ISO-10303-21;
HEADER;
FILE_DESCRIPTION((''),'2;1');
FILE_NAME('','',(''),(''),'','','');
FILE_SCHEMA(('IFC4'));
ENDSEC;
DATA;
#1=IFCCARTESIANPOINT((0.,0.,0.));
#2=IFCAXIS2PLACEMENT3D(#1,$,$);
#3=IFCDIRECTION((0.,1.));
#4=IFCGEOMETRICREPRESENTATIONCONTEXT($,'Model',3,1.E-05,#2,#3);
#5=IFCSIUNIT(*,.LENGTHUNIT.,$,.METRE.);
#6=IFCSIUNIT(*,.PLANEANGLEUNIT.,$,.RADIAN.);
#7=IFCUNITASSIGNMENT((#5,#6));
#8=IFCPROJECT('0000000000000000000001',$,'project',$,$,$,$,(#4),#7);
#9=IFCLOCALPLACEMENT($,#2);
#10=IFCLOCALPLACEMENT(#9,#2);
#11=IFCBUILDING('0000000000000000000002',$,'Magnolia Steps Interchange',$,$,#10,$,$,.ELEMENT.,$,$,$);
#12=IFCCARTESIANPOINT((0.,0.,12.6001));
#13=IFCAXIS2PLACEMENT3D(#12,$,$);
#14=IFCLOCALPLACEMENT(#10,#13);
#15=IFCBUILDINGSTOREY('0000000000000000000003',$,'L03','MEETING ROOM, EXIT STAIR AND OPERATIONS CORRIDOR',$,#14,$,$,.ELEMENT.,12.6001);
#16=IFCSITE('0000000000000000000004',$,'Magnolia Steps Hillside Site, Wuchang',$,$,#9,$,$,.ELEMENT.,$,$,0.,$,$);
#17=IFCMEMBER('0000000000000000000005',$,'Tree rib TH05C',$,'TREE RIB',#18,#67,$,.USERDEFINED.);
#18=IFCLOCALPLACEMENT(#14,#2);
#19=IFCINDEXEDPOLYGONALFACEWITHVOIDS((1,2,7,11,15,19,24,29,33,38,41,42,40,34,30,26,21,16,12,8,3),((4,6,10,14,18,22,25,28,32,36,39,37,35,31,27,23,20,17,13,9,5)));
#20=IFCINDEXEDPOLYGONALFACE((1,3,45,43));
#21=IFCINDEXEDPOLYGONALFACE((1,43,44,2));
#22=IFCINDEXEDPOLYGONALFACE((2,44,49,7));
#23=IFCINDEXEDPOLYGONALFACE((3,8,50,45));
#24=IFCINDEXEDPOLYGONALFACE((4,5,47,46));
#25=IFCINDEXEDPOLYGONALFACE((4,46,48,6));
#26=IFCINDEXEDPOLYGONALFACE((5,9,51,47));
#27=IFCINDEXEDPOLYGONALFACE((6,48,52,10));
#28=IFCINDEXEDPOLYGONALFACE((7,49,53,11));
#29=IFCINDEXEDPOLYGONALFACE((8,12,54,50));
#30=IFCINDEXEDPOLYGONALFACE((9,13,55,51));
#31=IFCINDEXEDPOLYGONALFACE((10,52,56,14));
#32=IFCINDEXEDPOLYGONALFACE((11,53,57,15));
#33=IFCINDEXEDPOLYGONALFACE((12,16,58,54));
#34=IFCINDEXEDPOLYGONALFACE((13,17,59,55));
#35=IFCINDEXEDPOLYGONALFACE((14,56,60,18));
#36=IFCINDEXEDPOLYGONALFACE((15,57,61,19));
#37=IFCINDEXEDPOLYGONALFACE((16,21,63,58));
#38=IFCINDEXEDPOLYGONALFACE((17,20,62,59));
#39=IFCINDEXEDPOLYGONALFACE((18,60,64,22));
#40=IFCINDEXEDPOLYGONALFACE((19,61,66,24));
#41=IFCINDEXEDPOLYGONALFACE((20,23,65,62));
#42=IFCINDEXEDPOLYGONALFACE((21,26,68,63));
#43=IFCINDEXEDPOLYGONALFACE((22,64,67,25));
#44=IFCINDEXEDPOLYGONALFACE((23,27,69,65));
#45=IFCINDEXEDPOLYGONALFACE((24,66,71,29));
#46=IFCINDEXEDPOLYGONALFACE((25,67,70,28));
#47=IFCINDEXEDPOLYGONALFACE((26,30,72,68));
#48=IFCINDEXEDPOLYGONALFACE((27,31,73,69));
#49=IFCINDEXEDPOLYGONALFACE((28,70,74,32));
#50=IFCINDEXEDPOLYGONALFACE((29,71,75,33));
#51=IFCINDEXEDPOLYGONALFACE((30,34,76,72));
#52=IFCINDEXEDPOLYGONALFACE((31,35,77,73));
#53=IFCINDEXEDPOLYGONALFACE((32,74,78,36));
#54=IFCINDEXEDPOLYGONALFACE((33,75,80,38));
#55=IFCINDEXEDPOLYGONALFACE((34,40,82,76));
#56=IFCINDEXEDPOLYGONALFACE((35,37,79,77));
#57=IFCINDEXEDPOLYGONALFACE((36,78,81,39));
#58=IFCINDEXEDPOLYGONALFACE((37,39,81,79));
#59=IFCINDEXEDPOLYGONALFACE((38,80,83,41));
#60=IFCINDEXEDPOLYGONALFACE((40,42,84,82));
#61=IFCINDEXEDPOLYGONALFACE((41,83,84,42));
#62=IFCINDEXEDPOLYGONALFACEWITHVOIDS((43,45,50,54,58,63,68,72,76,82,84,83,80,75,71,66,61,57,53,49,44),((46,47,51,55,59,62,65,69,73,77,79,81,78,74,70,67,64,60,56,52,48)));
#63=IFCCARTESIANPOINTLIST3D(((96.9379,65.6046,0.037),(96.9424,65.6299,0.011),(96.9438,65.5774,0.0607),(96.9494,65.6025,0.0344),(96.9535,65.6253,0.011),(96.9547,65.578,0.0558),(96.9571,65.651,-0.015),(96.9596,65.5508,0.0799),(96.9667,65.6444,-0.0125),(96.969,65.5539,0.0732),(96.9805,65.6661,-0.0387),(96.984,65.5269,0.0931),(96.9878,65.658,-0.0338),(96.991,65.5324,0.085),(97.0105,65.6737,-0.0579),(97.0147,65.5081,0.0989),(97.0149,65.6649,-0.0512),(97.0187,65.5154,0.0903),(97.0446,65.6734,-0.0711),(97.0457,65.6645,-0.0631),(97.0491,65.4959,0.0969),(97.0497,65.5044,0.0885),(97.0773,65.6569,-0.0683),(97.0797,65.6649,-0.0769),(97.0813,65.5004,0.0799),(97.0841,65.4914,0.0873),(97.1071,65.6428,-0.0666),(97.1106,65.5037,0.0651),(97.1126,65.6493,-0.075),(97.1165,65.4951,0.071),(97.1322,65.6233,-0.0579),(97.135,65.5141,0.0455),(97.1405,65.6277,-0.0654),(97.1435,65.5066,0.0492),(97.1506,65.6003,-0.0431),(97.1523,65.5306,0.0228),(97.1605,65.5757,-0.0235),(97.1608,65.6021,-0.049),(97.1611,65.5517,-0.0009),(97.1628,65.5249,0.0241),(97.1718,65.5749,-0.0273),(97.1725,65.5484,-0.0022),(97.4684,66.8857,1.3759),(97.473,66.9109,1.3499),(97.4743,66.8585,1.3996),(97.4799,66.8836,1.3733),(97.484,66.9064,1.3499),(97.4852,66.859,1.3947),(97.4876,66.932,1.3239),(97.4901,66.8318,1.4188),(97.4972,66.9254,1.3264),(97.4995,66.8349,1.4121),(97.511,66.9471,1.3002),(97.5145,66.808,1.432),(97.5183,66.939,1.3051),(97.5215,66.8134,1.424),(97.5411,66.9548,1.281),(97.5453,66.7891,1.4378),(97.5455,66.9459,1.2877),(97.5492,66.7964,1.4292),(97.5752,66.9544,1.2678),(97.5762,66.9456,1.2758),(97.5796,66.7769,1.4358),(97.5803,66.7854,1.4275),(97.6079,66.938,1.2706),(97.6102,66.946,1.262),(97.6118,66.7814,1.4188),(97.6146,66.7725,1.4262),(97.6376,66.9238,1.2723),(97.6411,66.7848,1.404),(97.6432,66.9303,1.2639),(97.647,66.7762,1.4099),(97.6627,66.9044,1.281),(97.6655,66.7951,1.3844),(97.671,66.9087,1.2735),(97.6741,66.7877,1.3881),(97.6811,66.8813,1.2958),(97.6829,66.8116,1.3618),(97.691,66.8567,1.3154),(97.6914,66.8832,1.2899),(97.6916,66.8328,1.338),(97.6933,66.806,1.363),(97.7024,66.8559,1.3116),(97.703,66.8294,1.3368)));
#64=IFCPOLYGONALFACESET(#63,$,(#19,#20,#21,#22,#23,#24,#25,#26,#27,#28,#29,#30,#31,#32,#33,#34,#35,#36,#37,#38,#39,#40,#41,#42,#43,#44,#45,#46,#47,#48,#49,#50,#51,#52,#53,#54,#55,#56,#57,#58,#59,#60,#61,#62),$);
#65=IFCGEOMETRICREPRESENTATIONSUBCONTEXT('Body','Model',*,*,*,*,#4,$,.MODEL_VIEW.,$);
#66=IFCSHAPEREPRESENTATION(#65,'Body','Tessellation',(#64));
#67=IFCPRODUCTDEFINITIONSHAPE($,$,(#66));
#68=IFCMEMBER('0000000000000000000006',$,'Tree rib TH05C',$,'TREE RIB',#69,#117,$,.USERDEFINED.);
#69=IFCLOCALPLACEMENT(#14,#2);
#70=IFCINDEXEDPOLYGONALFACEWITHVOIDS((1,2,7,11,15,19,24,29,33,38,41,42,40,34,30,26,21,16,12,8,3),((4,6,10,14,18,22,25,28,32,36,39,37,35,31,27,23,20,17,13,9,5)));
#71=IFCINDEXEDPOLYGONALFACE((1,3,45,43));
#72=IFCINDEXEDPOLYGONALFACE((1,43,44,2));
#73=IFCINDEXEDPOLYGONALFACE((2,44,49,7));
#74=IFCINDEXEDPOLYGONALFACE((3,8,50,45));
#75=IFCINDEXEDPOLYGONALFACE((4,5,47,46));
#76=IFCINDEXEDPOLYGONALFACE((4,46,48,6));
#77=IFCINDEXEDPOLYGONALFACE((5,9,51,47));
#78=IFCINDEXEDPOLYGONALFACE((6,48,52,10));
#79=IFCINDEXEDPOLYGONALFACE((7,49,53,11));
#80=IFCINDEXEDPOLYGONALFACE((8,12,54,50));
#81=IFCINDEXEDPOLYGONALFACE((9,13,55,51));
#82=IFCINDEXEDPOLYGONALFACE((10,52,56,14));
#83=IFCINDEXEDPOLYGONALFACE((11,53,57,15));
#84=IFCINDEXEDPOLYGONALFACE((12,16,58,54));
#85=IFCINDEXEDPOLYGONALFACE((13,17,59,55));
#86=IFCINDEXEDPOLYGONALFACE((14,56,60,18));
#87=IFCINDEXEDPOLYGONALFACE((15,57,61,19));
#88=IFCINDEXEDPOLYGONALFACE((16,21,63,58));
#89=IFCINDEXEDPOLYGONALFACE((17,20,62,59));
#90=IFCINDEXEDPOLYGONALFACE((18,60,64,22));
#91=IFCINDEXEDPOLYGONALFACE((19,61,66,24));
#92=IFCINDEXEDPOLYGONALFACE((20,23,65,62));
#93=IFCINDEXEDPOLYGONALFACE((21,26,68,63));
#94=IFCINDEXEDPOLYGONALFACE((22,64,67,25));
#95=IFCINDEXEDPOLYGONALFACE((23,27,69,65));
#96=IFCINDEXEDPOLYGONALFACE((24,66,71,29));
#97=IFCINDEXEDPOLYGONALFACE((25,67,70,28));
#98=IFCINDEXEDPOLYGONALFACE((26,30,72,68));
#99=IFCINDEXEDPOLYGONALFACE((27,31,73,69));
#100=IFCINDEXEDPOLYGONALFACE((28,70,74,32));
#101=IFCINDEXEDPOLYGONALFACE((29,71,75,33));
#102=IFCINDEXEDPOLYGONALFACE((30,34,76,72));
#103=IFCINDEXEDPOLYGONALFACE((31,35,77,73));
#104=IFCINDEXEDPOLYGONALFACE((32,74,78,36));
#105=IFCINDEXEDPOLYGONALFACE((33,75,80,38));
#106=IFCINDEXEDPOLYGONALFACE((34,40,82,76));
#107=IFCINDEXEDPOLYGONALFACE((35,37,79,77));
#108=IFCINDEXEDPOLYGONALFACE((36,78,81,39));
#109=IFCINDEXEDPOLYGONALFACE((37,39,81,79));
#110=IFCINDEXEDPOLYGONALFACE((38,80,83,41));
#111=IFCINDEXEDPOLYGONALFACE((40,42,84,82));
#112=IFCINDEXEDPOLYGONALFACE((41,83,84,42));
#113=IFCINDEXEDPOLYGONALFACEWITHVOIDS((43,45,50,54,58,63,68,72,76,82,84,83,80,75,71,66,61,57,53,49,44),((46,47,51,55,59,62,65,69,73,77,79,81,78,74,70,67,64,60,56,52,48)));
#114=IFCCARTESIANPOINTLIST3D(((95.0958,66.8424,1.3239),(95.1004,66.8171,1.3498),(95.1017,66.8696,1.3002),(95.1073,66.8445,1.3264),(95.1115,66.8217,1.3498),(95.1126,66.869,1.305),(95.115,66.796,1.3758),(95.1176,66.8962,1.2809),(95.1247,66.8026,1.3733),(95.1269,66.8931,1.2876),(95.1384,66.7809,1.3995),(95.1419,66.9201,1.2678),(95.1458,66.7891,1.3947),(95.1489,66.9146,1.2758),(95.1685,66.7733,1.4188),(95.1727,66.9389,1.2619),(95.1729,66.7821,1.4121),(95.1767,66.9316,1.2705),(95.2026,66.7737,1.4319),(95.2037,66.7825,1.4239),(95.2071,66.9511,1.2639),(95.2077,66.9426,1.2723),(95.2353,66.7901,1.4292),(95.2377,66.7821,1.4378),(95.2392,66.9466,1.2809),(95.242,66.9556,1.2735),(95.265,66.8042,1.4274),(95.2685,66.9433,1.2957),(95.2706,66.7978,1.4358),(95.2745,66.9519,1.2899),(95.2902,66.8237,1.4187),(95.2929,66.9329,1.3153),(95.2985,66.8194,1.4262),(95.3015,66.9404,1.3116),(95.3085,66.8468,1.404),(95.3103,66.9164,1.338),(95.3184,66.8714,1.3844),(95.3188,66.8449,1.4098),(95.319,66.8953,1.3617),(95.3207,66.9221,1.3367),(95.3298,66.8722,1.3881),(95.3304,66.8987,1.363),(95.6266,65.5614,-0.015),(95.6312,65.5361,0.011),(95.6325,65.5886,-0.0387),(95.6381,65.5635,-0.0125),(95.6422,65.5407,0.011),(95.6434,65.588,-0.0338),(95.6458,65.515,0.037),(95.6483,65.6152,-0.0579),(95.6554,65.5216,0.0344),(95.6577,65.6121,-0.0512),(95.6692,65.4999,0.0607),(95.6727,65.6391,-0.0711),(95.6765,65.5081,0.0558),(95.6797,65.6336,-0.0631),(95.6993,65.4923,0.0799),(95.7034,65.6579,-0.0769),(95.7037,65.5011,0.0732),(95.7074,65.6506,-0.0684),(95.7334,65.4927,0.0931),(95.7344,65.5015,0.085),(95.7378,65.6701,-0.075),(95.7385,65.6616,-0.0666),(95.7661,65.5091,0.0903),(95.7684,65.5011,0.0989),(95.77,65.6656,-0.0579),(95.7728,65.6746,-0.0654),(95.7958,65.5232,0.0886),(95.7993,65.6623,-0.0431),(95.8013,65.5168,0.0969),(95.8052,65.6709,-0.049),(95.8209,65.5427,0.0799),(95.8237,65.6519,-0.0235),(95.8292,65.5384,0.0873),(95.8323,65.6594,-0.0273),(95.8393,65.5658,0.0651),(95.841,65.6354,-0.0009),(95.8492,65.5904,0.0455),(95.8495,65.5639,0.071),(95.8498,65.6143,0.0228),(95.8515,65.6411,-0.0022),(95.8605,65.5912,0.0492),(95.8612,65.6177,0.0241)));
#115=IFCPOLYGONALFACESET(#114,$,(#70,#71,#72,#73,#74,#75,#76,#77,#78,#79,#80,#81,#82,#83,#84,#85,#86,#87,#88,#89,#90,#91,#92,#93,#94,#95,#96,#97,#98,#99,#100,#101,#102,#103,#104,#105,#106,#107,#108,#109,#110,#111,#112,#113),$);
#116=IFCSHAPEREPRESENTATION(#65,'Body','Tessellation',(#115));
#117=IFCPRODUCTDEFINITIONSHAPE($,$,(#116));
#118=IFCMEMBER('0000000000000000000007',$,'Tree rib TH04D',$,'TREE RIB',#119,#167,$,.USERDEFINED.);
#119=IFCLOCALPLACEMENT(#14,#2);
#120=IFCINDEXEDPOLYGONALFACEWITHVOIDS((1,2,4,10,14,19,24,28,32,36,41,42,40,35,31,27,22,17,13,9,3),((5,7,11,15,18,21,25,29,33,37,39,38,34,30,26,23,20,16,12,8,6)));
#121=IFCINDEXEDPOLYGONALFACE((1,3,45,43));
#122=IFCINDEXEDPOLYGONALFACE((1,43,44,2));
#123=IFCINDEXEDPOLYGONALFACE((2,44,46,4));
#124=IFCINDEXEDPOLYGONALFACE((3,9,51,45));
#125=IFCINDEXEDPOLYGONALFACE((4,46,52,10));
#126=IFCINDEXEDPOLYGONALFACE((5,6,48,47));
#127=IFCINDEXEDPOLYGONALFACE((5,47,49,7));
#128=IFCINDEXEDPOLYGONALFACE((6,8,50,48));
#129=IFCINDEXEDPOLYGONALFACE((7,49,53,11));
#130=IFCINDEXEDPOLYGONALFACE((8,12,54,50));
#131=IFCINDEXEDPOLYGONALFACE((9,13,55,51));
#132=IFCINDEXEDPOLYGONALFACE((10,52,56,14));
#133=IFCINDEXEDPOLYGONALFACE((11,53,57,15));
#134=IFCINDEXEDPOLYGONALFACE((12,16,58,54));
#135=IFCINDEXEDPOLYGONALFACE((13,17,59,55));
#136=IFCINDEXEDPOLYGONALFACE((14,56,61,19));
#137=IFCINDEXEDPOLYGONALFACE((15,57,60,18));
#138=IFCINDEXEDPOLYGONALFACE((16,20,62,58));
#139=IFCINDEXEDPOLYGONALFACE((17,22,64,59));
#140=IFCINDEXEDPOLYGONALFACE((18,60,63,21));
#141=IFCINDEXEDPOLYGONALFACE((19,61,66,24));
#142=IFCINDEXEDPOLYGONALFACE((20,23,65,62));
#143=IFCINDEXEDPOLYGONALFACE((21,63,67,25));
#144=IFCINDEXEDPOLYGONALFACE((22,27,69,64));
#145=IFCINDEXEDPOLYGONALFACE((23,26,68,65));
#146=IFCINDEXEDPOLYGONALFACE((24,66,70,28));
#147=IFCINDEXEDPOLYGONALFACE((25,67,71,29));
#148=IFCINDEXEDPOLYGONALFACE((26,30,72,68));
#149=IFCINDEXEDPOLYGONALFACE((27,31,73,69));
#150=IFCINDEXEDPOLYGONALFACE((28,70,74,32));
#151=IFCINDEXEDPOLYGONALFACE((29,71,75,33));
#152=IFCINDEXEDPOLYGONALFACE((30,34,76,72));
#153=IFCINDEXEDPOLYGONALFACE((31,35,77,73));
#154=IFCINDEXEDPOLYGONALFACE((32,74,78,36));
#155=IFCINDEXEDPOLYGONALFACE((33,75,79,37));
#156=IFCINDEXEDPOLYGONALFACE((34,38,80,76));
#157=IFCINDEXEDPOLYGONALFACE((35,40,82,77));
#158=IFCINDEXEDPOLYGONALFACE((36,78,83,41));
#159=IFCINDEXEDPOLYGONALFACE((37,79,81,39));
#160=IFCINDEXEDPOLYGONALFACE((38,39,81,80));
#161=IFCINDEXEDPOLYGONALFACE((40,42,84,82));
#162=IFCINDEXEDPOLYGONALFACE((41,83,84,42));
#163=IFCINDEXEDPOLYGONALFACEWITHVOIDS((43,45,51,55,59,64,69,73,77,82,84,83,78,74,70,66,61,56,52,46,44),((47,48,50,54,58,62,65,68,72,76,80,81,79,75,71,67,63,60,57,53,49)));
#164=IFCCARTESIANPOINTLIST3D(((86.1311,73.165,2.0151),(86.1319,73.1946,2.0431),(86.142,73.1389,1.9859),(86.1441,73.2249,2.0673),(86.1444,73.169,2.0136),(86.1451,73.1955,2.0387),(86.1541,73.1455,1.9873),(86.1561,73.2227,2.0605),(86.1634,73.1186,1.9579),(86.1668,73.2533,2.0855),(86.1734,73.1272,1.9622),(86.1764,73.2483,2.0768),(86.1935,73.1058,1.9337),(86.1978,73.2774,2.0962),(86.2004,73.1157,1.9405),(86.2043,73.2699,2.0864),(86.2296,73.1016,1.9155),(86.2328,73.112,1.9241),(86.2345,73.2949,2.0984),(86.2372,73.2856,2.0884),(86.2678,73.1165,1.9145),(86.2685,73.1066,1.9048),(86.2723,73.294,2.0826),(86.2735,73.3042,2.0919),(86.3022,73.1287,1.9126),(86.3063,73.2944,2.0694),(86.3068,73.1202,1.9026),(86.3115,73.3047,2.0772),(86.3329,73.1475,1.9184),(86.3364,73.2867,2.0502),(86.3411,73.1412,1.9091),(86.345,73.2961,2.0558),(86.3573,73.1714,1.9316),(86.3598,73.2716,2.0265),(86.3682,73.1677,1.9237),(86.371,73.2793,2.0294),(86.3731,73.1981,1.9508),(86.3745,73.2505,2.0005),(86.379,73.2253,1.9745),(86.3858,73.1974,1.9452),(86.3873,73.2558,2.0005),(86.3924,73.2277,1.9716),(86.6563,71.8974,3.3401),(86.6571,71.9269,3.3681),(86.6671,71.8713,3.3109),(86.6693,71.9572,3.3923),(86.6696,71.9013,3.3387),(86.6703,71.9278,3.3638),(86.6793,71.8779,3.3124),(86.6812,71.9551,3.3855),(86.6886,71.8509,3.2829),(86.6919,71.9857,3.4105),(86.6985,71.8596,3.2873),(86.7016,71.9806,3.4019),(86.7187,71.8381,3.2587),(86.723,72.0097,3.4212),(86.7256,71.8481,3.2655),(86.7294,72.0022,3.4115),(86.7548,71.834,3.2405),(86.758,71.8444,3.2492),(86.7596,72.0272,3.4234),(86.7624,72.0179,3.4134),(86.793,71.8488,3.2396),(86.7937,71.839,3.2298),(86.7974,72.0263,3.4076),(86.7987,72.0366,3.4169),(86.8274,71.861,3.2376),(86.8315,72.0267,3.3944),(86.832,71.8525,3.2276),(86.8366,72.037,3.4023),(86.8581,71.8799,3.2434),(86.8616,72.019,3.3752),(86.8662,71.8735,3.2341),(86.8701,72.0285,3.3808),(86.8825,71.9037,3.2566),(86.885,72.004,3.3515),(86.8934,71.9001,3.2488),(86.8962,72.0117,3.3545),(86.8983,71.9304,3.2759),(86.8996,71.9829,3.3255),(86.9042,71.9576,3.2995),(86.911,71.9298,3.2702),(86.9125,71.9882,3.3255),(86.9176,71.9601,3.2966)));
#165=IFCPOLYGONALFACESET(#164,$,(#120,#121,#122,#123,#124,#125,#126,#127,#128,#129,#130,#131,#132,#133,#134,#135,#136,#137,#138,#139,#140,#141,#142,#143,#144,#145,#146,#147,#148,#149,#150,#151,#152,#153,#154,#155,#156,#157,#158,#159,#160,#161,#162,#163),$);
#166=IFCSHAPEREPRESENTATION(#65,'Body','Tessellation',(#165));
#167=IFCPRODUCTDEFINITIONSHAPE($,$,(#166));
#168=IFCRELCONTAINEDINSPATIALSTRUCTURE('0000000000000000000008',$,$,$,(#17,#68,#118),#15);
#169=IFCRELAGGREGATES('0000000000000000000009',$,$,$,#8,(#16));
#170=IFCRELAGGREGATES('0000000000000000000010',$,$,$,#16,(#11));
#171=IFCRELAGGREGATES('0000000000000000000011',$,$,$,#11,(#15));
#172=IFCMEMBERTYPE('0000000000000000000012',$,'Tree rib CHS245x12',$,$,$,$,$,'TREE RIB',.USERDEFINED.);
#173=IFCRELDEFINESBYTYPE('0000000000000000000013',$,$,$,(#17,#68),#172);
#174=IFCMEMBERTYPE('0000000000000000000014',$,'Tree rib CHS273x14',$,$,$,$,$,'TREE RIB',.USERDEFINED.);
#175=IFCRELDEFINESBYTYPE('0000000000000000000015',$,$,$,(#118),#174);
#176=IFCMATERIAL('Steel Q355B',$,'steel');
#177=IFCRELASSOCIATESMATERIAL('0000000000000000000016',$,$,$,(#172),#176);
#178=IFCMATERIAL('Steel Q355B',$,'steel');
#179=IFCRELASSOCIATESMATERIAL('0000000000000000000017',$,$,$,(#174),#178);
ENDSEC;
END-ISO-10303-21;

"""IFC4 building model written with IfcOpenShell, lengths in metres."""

from ifc_helpers import new_model, si_unit, direction, frame, origin, origin_2d, place, context, subcontext, project, spatial, hollow_circle, extrude, material, material_profile, profile_set, type_object, element, save


model = new_model("IFC4")

# Units and contexts
model_context = context("Model", 3, precision=1e-05, world=origin(), true_north=direction((0.0, 1.0)))
body_context = subcontext(model_context, "Body", "Model", "MODEL_VIEW")
ifc_project = project(units=[si_unit("LENGTHUNIT", "METRE"), si_unit("PLANEANGLEUNIT", "RADIAN")], contexts=[model_context])

# Site, building, storey
site_placement = place(None, origin())
site = spatial("IfcSite", under=ifc_project, at=site_placement, Name="Magnolia Steps Hillside Site, Wuchang", CompositionType="ELEMENT", RefElevation=0.0)
building_placement = place(site_placement, origin())
building = spatial("IfcBuilding", under=site, at=building_placement, Name="Magnolia Steps Interchange", CompositionType="ELEMENT")
storey_placement = place(building_placement, frame((0.0, 0.0, 12.6001)))
storey = spatial("IfcBuildingStorey", under=building, at=storey_placement, Name="L03", Description="MEETING ROOM, EXIT STAIR AND OPERATIONS CORRIDOR", CompositionType="ELEMENT", Elevation=12.6001)

# Members
ifc_material_1 = material(Name="Steel Q355B", Category="steel")
ifc_material_profile_1 = material_profile(ifc_material_1, hollow_circle(Radius=0.1226, WallThickness=0.012, at=origin_2d()), Name="CHS245x12")
ifc_profile_set_1 = profile_set([ifc_material_profile_1], Name="Steel Q355B")
member_type_1 = type_object("IfcMemberType", Name="Tree rib CHS245x12", ElementType="TREE RIB", PredefinedType="USERDEFINED", material=ifc_profile_set_1)
for number, where, z_axis, x_axis, name in (
    (1, (97.0557, 65.583, 0.011), (0.275246, 0.664618, 0.694638), (-0.923903, 0.382627, 0.0), "Tree rib TH05C"),
    (2, (95.7444, 65.583, 0.011), (-0.275363, 0.664595, 0.694614), (-0.923841, -0.382777, 0.0), "Tree rib TH05C"),
):
    element("IfcMember", number, at=place(storey_placement, frame(where, z_axis=z_axis, x_axis=x_axis)), inside=storey, type_object=member_type_1, Name=name, ObjectType="TREE RIB", PredefinedType="USERDEFINED", context=body_context, shape_type="SweptSolid", body=[
        extrude(hollow_circle(Radius=0.1226, WallThickness=0.012, at=origin_2d()), origin(), (0.0, 0.0, 1.0), 1.9275),
    ])
ifc_material_2 = material(Name="Steel Q355B", Category="steel")
ifc_material_profile_2 = material_profile(ifc_material_2, hollow_circle(Radius=0.1365, WallThickness=0.0139, at=origin_2d()), Name="CHS273x14")
ifc_profile_set_2 = profile_set([ifc_material_profile_2], Name="Steel Q355B")
member_type_2 = type_object("IfcMemberType", Name="Tree rib CHS273x14", ElementType="TREE RIB", PredefinedType="USERDEFINED", material=ifc_profile_set_2)
for number, where, z_axis, x_axis, name in (
    (3, (86.2612, 73.2036, 2.0005), (0.275326, -0.664571, 0.694651), (0.923854, 0.382745, 0.0), "Tree rib TH04D"),
):
    element("IfcMember", number, at=place(storey_placement, frame(where, z_axis=z_axis, x_axis=x_axis)), inside=storey, type_object=member_type_2, Name=name, ObjectType="TREE RIB", PredefinedType="USERDEFINED", context=body_context, shape_type="SweptSolid", body=[
        extrude(hollow_circle(Radius=0.1365, WallThickness=0.0139, at=origin_2d()), origin(), (0.0, 0.0, 1.0), 1.9075),
    ])

save(model, "model.ifc")
